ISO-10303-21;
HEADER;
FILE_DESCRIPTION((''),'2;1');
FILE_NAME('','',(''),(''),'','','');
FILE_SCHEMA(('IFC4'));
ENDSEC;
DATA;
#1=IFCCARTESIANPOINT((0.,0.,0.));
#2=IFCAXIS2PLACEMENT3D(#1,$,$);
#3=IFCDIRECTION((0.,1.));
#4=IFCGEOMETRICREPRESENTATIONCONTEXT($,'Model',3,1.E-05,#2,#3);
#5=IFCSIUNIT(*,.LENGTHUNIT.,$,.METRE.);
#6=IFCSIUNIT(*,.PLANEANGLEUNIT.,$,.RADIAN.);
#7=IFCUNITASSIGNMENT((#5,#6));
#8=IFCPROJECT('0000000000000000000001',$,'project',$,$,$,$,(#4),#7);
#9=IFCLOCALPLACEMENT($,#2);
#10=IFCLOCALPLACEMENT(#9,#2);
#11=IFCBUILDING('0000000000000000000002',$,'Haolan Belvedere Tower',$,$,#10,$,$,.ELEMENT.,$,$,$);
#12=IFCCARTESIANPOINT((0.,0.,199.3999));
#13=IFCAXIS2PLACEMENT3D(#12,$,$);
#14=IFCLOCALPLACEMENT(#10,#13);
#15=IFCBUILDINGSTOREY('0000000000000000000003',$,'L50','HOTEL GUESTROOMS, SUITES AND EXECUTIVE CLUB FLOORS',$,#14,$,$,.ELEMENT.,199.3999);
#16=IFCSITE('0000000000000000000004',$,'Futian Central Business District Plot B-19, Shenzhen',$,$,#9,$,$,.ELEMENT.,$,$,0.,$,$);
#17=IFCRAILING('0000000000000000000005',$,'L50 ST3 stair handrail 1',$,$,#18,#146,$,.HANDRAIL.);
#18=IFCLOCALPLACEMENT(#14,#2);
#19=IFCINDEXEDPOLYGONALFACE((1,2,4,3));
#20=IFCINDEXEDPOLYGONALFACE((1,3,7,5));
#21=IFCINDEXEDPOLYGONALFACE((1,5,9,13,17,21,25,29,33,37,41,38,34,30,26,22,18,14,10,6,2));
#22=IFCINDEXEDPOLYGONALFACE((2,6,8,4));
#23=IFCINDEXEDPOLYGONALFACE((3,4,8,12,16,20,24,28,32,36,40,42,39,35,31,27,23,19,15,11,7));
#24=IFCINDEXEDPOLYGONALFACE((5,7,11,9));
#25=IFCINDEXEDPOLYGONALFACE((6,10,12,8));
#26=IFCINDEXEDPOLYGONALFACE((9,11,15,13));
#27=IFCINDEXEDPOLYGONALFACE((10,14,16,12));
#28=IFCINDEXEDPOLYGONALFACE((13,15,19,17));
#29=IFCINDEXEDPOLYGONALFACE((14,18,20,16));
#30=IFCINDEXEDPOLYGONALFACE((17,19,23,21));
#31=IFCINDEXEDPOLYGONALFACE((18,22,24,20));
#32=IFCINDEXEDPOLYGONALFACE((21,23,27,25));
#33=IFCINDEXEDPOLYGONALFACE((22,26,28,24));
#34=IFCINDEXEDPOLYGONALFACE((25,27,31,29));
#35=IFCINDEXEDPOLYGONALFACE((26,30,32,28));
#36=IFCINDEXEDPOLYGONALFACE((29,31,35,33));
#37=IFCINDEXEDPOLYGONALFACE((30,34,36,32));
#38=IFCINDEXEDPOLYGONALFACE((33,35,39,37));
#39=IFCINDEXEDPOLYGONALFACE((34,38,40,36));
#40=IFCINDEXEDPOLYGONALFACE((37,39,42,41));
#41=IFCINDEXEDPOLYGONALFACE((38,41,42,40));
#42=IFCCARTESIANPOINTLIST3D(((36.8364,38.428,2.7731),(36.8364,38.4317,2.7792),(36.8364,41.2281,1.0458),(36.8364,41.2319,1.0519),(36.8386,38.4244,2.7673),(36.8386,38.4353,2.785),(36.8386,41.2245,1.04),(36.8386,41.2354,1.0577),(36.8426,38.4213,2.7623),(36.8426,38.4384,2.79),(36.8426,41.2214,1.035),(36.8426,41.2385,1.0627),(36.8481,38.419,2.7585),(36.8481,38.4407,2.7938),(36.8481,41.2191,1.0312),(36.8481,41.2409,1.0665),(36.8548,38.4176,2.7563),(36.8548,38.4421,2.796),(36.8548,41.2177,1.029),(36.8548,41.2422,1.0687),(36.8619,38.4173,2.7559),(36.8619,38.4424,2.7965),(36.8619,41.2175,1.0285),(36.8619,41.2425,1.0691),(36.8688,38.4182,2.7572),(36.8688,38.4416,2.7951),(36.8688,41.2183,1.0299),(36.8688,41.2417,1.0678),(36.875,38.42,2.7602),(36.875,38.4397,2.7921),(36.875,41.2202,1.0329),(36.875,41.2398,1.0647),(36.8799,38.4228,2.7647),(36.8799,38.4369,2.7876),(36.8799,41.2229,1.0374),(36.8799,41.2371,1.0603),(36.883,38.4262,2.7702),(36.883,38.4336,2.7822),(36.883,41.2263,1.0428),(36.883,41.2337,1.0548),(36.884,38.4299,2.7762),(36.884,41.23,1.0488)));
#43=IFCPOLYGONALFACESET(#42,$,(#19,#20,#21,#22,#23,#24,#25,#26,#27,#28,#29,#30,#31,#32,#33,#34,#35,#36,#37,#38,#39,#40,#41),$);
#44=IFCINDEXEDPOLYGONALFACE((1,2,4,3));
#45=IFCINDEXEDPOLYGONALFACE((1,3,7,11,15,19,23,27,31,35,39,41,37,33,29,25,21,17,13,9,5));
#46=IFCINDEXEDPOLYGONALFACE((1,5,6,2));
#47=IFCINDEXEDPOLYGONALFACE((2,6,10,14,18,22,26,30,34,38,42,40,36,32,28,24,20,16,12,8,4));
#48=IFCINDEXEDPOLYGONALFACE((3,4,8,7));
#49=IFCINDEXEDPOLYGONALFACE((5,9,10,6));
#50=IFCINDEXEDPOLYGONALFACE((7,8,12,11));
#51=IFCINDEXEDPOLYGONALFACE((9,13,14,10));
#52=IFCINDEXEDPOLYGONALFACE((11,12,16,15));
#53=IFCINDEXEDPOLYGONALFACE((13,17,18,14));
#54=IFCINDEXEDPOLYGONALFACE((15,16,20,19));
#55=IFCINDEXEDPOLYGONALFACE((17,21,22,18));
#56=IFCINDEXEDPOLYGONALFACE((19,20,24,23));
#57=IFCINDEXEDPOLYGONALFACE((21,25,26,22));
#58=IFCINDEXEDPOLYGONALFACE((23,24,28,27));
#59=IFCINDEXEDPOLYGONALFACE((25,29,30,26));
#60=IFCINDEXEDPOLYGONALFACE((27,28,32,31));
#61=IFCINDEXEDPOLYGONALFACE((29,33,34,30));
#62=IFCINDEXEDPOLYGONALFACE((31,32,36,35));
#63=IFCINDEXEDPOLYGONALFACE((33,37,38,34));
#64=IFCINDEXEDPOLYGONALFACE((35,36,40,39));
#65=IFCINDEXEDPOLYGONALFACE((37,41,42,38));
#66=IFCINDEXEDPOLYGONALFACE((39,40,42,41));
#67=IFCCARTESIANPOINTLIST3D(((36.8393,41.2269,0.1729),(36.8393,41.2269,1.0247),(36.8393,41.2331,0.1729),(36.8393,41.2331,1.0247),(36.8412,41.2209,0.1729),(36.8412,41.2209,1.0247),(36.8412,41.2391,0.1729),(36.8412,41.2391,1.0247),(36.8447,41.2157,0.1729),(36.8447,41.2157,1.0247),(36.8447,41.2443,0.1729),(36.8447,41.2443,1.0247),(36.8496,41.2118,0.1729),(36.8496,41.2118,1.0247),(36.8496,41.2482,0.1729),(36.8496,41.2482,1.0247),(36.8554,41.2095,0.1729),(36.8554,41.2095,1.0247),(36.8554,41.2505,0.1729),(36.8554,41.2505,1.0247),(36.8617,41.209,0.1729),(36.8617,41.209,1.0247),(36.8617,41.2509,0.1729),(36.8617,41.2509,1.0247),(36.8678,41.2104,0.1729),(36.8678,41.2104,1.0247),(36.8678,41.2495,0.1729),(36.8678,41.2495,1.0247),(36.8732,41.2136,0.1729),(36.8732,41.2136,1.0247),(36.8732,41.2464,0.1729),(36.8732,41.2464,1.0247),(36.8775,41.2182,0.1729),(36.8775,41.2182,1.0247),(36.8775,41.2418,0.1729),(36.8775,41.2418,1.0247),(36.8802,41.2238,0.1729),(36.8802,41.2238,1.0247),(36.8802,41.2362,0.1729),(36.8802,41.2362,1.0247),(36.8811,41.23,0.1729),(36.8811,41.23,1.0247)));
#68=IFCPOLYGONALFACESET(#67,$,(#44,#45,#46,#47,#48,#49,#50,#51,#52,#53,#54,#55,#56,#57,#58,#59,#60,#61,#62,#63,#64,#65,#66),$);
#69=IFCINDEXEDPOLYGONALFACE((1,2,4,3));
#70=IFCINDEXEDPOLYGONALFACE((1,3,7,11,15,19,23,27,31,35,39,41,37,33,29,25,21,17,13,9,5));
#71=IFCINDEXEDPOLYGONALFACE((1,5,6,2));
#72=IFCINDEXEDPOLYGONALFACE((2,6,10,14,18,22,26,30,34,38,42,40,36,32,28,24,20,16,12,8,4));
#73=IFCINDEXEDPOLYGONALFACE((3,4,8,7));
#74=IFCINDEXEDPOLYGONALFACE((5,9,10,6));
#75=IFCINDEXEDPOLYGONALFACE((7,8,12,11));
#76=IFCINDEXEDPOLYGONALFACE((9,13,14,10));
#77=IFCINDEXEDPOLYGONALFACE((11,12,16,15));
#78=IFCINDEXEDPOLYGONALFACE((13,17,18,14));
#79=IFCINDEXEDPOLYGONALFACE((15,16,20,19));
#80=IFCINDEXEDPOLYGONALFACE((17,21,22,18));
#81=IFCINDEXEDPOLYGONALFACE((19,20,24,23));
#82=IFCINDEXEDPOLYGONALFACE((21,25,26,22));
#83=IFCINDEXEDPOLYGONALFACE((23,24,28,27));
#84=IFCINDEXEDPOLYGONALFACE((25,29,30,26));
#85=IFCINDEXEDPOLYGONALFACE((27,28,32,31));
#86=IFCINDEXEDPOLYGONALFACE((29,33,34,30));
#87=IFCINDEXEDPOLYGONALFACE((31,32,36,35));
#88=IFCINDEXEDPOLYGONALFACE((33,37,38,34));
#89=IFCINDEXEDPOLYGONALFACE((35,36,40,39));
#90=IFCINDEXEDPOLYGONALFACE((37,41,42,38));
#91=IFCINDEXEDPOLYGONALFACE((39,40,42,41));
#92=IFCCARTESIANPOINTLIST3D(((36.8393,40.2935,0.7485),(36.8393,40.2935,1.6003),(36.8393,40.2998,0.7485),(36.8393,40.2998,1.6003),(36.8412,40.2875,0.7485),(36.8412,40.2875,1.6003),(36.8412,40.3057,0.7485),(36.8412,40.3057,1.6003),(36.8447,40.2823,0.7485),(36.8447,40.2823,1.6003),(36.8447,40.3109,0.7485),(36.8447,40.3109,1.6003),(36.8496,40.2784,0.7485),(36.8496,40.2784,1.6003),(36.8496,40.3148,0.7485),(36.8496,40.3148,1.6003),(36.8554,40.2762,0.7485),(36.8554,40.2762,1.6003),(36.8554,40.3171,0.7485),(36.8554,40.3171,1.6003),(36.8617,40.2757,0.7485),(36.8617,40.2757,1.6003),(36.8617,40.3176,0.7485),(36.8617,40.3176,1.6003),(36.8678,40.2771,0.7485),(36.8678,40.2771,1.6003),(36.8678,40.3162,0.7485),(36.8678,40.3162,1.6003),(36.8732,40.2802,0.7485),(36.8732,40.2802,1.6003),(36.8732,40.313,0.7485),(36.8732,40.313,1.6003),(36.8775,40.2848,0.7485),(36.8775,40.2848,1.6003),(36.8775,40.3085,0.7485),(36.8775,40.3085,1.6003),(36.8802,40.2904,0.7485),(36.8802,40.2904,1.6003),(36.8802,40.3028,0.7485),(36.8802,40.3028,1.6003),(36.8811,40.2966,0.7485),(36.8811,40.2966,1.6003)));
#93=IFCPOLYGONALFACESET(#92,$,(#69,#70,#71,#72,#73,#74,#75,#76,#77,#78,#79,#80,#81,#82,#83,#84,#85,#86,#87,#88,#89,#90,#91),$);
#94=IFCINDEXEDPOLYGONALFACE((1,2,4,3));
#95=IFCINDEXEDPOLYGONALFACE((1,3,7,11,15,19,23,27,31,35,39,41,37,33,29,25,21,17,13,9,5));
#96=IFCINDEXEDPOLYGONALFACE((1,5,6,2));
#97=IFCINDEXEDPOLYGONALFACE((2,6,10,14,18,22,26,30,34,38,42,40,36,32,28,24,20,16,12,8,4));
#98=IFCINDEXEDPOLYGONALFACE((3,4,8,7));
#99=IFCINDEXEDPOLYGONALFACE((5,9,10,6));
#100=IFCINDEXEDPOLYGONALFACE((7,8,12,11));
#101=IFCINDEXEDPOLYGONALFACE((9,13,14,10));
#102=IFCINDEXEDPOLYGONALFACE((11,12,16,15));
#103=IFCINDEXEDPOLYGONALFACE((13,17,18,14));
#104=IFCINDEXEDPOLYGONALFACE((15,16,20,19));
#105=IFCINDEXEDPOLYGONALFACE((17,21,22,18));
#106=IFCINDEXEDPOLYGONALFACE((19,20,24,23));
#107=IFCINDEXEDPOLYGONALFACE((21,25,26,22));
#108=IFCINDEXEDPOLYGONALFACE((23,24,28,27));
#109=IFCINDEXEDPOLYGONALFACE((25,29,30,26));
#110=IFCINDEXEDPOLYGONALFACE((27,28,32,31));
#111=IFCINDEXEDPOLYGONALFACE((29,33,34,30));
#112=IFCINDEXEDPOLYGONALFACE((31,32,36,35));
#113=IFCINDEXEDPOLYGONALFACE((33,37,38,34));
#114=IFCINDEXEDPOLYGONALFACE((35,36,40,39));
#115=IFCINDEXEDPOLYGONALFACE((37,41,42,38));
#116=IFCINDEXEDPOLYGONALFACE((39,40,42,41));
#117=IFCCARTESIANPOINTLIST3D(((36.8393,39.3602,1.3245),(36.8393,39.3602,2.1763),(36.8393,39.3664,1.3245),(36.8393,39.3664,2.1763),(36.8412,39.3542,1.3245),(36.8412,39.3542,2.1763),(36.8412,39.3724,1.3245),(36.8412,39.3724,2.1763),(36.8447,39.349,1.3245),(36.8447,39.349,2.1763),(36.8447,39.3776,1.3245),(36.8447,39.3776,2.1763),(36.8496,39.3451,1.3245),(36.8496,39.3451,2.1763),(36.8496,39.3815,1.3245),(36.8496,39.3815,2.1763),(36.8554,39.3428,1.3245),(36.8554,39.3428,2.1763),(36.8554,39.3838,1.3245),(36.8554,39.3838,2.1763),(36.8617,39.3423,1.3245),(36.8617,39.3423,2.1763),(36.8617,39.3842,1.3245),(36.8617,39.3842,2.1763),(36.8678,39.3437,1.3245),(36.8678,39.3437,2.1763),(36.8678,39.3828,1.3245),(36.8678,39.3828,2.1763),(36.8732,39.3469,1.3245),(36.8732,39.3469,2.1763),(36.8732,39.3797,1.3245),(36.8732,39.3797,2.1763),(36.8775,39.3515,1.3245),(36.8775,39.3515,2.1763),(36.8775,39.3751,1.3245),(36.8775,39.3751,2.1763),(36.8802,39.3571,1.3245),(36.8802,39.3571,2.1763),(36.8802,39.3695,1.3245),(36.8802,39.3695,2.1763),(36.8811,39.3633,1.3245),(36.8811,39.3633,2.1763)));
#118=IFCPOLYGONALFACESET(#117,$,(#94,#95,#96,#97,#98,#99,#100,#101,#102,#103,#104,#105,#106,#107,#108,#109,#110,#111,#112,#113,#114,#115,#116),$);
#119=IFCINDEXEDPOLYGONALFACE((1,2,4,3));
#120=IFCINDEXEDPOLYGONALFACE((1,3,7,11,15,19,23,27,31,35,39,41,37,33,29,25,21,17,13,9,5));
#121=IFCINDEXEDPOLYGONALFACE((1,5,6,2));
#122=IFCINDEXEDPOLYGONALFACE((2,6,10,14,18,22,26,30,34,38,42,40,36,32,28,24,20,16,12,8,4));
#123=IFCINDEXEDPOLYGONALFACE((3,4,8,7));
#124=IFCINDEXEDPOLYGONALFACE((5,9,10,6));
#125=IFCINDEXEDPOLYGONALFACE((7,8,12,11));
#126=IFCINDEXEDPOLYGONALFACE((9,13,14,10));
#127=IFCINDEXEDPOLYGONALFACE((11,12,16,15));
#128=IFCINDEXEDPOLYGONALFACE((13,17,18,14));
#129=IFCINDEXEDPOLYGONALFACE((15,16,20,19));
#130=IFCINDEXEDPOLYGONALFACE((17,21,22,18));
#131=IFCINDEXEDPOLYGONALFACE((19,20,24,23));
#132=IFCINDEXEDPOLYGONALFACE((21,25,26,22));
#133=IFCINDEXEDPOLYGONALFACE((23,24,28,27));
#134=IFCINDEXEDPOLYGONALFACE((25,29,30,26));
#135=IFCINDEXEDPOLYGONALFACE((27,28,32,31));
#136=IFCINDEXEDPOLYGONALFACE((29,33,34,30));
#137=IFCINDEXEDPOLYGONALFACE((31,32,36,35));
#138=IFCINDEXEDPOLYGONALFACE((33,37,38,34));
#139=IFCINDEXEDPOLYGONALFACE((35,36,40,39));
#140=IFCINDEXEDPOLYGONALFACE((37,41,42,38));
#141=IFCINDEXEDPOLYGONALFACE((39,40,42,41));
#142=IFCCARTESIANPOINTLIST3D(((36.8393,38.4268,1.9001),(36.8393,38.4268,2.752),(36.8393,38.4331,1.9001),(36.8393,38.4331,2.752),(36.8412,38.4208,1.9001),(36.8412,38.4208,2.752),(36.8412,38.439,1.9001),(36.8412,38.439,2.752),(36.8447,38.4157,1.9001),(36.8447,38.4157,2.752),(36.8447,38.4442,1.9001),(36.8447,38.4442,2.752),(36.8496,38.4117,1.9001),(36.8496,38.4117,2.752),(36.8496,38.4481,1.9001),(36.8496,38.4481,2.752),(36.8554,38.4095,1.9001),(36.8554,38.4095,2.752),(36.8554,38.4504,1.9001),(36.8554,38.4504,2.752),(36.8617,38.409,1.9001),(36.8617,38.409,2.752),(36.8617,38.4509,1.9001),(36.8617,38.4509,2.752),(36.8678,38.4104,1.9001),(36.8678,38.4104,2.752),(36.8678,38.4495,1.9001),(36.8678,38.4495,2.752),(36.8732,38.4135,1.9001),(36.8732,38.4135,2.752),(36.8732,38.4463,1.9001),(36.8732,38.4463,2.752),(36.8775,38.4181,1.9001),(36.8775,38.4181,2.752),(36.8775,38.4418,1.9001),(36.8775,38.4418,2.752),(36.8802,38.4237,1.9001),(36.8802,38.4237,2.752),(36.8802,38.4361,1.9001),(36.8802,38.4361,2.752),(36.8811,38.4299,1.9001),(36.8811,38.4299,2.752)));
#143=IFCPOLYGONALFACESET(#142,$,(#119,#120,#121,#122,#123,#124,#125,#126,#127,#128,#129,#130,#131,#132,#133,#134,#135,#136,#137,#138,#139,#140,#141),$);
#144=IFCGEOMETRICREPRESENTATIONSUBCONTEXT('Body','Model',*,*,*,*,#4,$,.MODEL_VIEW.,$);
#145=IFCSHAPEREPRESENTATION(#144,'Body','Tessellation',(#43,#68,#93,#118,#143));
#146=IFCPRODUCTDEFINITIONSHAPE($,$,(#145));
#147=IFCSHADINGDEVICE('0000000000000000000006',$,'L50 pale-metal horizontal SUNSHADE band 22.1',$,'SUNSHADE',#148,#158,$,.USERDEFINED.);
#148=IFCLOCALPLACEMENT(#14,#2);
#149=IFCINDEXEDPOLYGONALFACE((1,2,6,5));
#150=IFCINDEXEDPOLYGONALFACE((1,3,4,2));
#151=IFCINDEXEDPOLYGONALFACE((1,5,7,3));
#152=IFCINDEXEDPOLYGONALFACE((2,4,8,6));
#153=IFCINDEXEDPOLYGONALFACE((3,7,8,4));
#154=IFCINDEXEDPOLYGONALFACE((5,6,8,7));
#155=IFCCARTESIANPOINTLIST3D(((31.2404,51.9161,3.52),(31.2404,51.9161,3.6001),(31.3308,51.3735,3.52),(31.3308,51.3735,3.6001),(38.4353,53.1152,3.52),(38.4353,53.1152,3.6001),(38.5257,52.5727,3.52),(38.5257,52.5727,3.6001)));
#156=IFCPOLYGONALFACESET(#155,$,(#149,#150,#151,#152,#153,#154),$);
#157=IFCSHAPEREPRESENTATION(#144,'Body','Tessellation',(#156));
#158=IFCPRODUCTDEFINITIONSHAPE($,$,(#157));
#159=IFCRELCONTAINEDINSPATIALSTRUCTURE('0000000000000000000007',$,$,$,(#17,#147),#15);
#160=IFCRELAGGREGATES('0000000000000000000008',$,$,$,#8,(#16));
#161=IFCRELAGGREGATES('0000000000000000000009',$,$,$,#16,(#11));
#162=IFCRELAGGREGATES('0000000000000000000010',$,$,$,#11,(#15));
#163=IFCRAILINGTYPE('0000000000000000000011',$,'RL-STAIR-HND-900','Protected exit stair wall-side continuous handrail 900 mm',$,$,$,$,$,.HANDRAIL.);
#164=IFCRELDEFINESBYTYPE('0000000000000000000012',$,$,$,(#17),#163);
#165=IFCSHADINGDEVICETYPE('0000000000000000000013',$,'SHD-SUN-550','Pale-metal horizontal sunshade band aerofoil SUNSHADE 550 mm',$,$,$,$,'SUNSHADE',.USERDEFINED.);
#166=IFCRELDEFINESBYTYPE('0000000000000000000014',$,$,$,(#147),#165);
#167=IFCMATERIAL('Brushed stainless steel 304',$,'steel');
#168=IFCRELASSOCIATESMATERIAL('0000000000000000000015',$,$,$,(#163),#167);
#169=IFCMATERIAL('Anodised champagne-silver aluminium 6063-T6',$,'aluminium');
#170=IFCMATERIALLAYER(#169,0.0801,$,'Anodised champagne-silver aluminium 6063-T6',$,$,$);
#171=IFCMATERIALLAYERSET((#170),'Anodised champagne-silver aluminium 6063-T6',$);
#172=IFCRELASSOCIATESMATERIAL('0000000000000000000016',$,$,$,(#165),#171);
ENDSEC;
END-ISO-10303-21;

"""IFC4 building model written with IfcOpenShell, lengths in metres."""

from ifc_helpers import new_model, si_unit, direction, frame, origin, origin_2d, place, context, subcontext, project, spatial, rectangle, circle, extrude, material, layer, layer_set, type_object, element, save


model = new_model("IFC4")

# Units and contexts
model_context = context("Model", 3, precision=1e-05, world=origin(), true_north=direction((0.0, 1.0)))
body_context = subcontext(model_context, "Body", "Model", "MODEL_VIEW")
ifc_project = project(units=[si_unit("LENGTHUNIT", "METRE"), si_unit("PLANEANGLEUNIT", "RADIAN")], contexts=[model_context])

# Site, building, storey
site_placement = place(None, origin())
site = spatial("IfcSite", under=ifc_project, at=site_placement, Name="Futian Central Business District Plot B-19, Shenzhen", CompositionType="ELEMENT", RefElevation=0.0)
building_placement = place(site_placement, origin())
building = spatial("IfcBuilding", under=site, at=building_placement, Name="Haolan Belvedere Tower", CompositionType="ELEMENT")
storey_placement = place(building_placement, frame((0.0, 0.0, 199.3999)))
storey = spatial("IfcBuildingStorey", under=building, at=storey_placement, Name="L50", Description="HOTEL GUESTROOMS, SUITES AND EXECUTIVE CLUB FLOORS", CompositionType="ELEMENT", Elevation=199.3999)

# Railing
ifc_material_1 = material(Name="Brushed stainless steel 304", Category="steel")
railing_type_1 = type_object("IfcRailingType", Name="RL-STAIR-HND-900", Description="Protected exit stair wall-side continuous handrail 900 mm", PredefinedType="HANDRAIL", material=ifc_material_1)
railing_1_placement = place(storey_placement, frame((36.8601, 41.23, 0.1729)))
element("IfcRailing", 1, at=railing_1_placement, inside=storey, type_object=railing_type_1, Name="L50 ST3 stair handrail 1", PredefinedType="HANDRAIL", context=body_context, shape_type="SweptSolid", body=[
    extrude(circle(Radius=0.0239, at=origin_2d()), frame((0.0, 0.0, 0.876), z_axis=(0.0, -0.85109, 0.52502), x_axis=(1.0, 0.0, 0.0)), (0.0, 0.0, 1.0), 3.29),
    extrude(circle(Radius=0.021, at=origin_2d()), origin(), (0.0, 0.0, 1.0), 0.8518),
    extrude(circle(Radius=0.021, at=origin_2d()), frame((0.0, -0.9333, 0.5757)), (0.0, 0.0, 1.0), 0.8518),
    extrude(circle(Radius=0.021, at=origin_2d()), frame((0.0, -1.8667, 1.1516)), (0.0, 0.0, 1.0), 0.8518),
    extrude(circle(Radius=0.021, at=origin_2d()), frame((0.0, -2.8, 1.7273)), (0.0, 0.0, 1.0), 0.8518),
])

# Shading device
ifc_material_2 = material(Name="Anodised champagne-silver aluminium 6063-T6", Category="aluminium")
ifc_layer_1 = layer(ifc_material_2, 0.0801, Name="Anodised champagne-silver aluminium 6063-T6")
ifc_layer_set_1 = layer_set([ifc_layer_1], Name="Anodised champagne-silver aluminium 6063-T6")
shading_device_type = type_object("IfcShadingDeviceType", Name="SHD-SUN-550", Description="Pale-metal horizontal sunshade band aerofoil SUNSHADE 550 mm", ElementType="SUNSHADE", PredefinedType="USERDEFINED", material=ifc_layer_set_1)
shading_device_placement = place(storey_placement, frame((34.8831, 52.2444, 3.52), z_axis=(0.0, 0.0, 1.0), x_axis=(-0.986395, -0.164393, 0.0)))
element("IfcShadingDevice", 2, at=shading_device_placement, inside=storey, type_object=shading_device_type, Name="L50 pale-metal horizontal SUNSHADE band 22.1", ObjectType="SUNSHADE", PredefinedType="USERDEFINED", context=body_context, shape_type="SweptSolid", body=[
    extrude(rectangle(XDim=7.2942, YDim=0.55, at=origin_2d()), origin(), (0.0, 0.0, 1.0), 0.0801),
])

save(model, "model.ifc")
